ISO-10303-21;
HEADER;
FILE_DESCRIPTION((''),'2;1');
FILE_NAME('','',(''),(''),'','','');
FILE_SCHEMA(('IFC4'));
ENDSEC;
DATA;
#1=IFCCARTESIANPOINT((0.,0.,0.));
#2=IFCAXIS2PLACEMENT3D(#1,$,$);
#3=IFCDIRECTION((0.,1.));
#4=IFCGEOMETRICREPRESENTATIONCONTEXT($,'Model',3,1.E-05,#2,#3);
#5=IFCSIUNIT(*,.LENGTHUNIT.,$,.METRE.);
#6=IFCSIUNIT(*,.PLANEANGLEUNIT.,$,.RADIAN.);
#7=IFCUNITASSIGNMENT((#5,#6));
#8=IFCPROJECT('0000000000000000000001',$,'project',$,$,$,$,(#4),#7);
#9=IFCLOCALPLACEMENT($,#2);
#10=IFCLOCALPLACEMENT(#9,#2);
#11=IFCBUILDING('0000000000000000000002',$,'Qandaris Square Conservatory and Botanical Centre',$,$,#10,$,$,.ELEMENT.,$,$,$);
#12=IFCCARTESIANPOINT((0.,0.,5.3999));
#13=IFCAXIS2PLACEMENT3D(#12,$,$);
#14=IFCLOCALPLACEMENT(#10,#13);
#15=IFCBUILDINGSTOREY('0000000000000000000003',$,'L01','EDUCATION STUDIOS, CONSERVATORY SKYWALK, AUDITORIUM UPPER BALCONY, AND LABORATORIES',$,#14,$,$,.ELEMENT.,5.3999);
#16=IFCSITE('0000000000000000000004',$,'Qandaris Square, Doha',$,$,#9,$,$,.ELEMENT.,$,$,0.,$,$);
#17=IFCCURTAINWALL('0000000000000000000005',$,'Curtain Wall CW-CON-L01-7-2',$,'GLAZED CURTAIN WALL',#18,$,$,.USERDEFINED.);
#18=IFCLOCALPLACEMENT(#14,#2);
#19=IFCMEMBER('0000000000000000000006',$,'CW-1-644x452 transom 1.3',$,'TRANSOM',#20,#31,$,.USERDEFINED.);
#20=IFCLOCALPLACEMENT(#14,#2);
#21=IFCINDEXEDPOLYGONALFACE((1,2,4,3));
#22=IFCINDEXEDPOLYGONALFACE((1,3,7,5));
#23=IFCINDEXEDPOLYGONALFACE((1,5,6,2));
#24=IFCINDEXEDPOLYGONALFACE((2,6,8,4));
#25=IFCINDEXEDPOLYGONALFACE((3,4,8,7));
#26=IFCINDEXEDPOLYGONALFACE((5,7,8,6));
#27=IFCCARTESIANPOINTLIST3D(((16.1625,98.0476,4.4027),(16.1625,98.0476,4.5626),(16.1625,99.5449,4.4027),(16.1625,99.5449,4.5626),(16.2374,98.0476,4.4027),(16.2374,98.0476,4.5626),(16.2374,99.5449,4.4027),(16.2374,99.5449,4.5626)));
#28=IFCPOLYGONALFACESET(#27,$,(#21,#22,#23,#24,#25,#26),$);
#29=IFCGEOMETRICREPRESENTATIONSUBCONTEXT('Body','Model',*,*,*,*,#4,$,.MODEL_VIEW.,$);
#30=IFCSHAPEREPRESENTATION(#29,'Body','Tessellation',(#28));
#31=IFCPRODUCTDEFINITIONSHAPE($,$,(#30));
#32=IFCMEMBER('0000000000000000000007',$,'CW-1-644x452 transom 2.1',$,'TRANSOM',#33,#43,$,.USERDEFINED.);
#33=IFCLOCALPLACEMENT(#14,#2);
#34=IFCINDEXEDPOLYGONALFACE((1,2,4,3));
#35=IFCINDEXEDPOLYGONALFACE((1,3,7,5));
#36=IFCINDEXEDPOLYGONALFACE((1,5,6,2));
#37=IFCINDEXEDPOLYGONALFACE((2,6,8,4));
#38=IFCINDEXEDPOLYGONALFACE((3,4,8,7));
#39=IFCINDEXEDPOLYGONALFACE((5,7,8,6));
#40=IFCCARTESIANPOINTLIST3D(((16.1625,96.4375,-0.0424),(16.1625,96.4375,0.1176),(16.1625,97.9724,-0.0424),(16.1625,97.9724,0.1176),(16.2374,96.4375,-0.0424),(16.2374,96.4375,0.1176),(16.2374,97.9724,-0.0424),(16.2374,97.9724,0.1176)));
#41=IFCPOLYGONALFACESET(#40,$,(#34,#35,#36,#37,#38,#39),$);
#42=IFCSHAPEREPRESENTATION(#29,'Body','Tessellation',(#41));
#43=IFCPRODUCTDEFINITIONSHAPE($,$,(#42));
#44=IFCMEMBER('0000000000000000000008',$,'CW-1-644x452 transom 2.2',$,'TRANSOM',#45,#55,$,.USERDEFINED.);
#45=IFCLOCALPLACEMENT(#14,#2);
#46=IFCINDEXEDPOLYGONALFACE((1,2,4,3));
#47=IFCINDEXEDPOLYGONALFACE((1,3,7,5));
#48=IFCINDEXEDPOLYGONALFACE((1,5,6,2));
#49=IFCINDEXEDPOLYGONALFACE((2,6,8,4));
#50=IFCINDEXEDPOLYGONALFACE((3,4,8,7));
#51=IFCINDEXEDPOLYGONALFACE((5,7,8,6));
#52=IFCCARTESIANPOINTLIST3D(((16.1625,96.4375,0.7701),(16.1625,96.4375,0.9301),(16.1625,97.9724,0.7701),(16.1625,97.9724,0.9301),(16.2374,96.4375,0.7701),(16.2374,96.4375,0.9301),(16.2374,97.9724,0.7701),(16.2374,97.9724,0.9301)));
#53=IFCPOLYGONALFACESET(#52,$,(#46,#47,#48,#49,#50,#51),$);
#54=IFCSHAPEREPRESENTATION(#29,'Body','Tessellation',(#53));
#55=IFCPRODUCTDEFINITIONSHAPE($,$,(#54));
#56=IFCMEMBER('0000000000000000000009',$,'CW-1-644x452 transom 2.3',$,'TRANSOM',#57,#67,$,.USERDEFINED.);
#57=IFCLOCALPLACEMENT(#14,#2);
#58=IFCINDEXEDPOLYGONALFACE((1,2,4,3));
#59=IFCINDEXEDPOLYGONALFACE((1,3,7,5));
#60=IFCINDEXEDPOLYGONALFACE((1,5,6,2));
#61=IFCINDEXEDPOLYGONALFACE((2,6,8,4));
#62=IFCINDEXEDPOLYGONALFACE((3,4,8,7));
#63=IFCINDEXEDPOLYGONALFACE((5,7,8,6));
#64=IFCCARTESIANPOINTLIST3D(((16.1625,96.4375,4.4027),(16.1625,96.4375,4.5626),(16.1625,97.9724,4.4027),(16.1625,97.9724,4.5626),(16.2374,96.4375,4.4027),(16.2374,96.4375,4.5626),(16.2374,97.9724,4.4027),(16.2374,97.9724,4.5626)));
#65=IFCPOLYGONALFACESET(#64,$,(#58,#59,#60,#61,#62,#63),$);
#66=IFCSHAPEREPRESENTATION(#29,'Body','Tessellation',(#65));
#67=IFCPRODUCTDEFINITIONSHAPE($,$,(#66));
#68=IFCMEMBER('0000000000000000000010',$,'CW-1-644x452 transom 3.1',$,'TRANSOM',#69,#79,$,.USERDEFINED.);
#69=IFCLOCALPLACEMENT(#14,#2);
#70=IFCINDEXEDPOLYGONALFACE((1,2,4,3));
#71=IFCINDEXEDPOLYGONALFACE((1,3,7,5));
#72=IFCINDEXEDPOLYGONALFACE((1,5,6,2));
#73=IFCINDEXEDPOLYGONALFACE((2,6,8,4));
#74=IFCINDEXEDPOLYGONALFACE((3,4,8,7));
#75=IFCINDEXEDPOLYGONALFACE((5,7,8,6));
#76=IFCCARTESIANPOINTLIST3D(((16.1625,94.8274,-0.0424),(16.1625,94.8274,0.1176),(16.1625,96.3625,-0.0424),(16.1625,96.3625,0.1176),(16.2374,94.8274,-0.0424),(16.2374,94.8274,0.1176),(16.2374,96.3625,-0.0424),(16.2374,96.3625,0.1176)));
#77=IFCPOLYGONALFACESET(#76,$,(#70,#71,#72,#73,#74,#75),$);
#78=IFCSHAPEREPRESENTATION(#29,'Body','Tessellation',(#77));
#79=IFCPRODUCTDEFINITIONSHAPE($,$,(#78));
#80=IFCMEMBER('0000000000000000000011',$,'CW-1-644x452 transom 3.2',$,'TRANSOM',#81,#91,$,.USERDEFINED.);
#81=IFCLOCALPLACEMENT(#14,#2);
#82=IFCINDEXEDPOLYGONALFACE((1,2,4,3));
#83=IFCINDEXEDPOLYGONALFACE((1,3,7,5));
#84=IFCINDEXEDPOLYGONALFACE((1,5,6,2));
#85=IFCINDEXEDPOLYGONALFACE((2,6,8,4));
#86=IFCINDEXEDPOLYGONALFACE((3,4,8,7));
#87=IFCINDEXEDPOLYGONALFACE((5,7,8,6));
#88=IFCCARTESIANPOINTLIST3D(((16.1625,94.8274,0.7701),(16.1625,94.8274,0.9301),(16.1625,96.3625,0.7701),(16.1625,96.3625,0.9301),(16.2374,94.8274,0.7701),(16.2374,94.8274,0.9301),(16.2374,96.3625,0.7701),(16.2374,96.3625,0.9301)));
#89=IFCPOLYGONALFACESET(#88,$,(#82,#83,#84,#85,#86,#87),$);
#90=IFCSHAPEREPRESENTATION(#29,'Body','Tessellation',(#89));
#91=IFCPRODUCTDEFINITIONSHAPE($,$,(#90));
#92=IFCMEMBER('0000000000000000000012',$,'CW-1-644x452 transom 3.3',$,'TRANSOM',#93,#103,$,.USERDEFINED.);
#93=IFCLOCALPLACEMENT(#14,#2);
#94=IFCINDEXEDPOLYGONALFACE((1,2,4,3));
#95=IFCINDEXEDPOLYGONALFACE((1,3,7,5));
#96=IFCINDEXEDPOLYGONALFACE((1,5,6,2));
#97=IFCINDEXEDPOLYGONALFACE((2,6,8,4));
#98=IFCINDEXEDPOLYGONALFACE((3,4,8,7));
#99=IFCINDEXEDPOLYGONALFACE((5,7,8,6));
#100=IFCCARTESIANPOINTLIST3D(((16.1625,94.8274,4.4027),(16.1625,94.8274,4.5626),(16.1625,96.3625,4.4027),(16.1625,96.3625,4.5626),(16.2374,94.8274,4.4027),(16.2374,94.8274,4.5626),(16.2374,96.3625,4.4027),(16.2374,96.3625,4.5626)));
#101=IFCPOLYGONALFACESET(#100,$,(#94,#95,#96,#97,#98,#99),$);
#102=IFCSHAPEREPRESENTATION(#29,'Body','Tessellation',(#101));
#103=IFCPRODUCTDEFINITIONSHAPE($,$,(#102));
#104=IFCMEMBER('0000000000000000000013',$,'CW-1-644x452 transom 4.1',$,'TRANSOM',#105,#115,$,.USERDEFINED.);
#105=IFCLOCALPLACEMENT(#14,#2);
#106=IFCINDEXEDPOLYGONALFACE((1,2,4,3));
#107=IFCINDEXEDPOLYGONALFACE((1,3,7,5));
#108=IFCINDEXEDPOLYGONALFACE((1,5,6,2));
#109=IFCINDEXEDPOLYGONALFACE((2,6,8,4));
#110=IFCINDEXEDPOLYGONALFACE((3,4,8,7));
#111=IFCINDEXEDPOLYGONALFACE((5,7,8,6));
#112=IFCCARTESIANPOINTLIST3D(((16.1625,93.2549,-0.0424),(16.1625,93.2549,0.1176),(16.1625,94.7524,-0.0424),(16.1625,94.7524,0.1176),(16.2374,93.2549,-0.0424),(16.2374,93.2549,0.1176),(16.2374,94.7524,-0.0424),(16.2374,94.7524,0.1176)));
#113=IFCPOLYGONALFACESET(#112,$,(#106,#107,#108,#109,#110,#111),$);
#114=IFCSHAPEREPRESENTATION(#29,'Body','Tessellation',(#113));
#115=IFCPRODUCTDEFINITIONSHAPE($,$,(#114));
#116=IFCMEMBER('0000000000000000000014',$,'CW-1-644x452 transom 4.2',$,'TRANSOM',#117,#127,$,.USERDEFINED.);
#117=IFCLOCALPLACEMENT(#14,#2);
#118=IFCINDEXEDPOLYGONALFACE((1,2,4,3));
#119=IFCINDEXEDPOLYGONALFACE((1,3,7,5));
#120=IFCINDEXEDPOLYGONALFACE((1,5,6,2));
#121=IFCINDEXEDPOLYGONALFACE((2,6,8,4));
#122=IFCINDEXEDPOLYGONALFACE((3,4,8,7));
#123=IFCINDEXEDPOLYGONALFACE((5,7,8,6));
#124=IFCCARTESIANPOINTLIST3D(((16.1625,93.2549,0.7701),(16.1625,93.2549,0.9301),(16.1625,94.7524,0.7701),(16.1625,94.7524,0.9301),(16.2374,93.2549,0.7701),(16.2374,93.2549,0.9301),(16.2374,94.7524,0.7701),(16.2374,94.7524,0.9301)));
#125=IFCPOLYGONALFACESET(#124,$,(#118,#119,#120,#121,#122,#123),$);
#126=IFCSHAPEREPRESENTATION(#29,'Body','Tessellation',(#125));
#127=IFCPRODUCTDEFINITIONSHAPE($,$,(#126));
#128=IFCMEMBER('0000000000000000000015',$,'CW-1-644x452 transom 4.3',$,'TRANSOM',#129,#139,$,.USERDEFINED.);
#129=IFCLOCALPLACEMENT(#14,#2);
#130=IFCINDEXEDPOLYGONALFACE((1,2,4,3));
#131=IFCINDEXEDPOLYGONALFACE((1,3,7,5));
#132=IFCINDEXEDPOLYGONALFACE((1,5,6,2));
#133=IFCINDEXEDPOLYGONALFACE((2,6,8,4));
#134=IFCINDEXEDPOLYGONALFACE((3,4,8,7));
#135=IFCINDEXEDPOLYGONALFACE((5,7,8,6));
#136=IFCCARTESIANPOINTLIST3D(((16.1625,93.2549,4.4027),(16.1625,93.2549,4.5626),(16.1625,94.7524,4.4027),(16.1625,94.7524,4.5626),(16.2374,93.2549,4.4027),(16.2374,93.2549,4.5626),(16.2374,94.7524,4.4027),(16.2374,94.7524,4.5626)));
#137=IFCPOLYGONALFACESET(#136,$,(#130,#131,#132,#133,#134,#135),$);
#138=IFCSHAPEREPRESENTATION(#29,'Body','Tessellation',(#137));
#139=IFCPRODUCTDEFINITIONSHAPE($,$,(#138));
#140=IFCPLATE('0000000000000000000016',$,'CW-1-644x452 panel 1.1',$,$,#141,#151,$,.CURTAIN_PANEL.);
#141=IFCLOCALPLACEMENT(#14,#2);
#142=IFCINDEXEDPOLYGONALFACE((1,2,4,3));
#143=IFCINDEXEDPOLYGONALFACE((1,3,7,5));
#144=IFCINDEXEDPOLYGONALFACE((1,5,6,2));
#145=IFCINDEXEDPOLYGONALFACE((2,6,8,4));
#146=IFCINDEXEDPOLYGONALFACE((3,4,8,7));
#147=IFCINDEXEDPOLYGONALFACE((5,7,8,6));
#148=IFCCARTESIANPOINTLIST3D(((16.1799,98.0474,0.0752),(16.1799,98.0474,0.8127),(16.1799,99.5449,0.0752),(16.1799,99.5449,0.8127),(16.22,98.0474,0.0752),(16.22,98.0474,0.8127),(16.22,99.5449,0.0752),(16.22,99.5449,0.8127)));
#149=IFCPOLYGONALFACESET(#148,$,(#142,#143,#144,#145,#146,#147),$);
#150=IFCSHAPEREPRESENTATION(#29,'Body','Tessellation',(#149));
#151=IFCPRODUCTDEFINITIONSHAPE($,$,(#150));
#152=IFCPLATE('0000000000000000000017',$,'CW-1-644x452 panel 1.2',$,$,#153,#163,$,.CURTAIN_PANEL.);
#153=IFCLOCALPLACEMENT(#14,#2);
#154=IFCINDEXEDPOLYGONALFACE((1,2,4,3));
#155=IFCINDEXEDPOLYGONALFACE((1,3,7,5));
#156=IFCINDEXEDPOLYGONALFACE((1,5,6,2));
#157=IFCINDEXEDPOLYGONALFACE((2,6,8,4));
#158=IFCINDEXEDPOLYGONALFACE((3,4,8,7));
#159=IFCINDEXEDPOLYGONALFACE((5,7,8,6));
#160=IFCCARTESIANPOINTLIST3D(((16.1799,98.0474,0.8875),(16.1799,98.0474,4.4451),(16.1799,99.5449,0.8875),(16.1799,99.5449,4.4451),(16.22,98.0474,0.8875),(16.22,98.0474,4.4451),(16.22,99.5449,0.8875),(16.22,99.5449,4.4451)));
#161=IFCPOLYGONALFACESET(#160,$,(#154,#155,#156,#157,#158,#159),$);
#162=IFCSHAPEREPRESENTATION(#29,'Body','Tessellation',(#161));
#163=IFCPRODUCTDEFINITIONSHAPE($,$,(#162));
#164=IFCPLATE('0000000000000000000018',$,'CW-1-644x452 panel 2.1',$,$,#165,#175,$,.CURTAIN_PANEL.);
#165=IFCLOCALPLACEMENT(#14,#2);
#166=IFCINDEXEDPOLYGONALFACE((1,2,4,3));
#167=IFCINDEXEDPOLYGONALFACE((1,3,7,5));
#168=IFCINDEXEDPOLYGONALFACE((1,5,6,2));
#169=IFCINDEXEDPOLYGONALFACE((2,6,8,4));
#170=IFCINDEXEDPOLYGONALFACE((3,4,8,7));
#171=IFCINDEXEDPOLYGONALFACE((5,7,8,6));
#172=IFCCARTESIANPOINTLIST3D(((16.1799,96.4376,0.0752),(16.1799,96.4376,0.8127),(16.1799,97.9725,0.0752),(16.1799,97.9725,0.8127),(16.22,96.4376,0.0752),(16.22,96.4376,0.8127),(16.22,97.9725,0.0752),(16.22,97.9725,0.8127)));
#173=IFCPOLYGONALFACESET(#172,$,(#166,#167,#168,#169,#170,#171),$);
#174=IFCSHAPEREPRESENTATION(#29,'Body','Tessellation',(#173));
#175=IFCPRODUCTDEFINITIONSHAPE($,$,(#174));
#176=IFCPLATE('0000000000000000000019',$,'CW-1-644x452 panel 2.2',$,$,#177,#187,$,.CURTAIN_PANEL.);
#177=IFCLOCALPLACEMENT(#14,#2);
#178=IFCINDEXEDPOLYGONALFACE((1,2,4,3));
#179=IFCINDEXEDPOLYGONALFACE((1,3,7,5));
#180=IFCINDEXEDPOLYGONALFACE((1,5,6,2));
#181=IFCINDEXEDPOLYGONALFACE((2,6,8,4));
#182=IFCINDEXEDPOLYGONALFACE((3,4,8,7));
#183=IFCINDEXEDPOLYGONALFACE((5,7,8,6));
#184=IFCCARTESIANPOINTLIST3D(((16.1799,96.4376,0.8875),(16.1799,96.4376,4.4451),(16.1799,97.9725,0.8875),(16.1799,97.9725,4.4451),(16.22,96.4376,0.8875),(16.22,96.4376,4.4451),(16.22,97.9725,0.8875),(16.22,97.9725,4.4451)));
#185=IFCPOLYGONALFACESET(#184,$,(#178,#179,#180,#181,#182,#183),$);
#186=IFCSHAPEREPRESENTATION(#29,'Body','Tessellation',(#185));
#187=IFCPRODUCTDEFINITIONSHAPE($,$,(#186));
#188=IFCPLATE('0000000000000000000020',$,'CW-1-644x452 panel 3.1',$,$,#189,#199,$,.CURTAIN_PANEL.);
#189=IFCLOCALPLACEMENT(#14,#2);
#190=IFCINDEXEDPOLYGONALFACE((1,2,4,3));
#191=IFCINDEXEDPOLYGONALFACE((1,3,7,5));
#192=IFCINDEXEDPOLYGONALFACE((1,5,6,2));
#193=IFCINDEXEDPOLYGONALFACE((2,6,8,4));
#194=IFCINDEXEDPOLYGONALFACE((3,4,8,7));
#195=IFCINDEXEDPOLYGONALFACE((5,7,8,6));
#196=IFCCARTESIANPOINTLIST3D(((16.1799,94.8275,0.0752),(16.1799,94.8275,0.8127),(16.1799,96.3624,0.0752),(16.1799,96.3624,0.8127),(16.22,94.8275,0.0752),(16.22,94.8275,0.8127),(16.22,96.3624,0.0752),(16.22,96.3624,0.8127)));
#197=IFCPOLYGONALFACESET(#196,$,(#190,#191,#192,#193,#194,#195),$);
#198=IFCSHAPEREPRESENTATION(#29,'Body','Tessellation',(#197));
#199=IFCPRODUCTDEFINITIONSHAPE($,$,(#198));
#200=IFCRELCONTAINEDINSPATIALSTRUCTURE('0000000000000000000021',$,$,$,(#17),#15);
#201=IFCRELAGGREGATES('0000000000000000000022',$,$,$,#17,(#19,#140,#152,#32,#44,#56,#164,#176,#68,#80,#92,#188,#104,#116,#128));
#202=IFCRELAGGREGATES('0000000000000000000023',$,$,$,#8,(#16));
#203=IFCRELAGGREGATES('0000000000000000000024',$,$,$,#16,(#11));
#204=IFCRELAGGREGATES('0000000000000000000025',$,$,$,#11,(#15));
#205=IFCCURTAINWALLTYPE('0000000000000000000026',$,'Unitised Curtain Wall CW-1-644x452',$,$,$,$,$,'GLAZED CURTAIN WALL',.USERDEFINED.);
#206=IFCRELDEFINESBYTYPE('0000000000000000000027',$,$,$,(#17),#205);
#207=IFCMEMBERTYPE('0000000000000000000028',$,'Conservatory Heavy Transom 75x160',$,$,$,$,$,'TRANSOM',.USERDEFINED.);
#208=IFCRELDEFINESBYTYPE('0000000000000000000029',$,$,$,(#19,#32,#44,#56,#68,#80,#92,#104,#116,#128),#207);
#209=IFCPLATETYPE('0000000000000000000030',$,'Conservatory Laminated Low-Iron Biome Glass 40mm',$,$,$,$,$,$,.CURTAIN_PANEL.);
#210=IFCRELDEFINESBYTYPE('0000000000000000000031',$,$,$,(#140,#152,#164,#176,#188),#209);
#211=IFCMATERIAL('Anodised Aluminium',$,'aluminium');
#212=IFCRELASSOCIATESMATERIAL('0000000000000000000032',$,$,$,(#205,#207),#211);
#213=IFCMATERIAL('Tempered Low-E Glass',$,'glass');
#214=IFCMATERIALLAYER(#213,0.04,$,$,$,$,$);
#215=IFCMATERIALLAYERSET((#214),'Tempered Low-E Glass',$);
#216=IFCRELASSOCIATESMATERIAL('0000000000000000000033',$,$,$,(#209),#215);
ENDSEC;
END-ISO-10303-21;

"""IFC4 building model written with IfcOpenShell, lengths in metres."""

from ifc_helpers import new_model, si_unit, direction, frame, origin, origin_2d, place, context, subcontext, project, spatial, rectangle, extrude, material, layer, layer_set, material_profile, profile_set, type_object, element, aggregate, save


model = new_model("IFC4")

# Units and contexts
model_context = context("Model", 3, precision=1e-05, world=origin(), true_north=direction((0.0, 1.0)))
body_context = subcontext(model_context, "Body", "Model", "MODEL_VIEW")
ifc_project = project(units=[si_unit("LENGTHUNIT", "METRE"), si_unit("PLANEANGLEUNIT", "RADIAN")], contexts=[model_context])

# Site, building, storey
site_placement = place(None, origin())
site = spatial("IfcSite", under=ifc_project, at=site_placement, Name="Qandaris Square, Doha", CompositionType="ELEMENT", RefElevation=0.0)
building_placement = place(site_placement, origin())
building = spatial("IfcBuilding", under=site, at=building_placement, Name="Qandaris Square Conservatory and Botanical Centre", CompositionType="ELEMENT")
storey_placement = place(building_placement, frame((0.0, 0.0, 5.3999)))
storey = spatial("IfcBuildingStorey", under=building, at=storey_placement, Name="L01", Description="EDUCATION STUDIOS, CONSERVATORY SKYWALK, AUDITORIUM UPPER BALCONY, AND LABORATORIES", CompositionType="ELEMENT", Elevation=5.3999)

# Shared definitions
ifc_material_1 = material(Name="Anodised Aluminium", Category="aluminium")
curtain_wall_type = type_object("IfcCurtainWallType", Name="Unitised Curtain Wall CW-1-644x452", ElementType="GLAZED CURTAIN WALL", PredefinedType="USERDEFINED", material=ifc_material_1)

# Curtain wall, members, plates
curtain_wall_1_placement = place(storey_placement, origin())
curtain_wall_1 = element("IfcCurtainWall", 1, at=curtain_wall_1_placement, inside=storey, type_object=curtain_wall_type, Name="Curtain Wall CW-CON-L01-7-2", ObjectType="GLAZED CURTAIN WALL", PredefinedType="USERDEFINED")
ifc_material_profile_1 = material_profile(ifc_material_1, rectangle(XDim=0.075, YDim=0.1599, at=origin_2d()), Name="ALU-TRN 75x160")
ifc_profile_set_1 = profile_set([ifc_material_profile_1], Name="Anodised Aluminium")
member_type_1 = type_object("IfcMemberType", Name="Conservatory Heavy Transom 75x160", ElementType="TRANSOM", PredefinedType="USERDEFINED", material=ifc_profile_set_1)
member_1_placement = place(storey_placement, frame((16.2, 99.5449, 4.4827), z_axis=(0.0, -1.0, 0.0), x_axis=(1.0, 0.0, 0.0)))
member_1 = element("IfcMember", 2, at=member_1_placement, type_object=member_type_1, Name="CW-1-644x452 transom 1.3", ObjectType="TRANSOM", PredefinedType="USERDEFINED", context=body_context, shape_type="SweptSolid", body=[
    extrude(rectangle(XDim=0.075, YDim=0.1599, at=origin_2d()), origin(), (0.0, 0.0, 1.0), 1.4973),
])
member_2_placement = place(storey_placement, frame((16.2, 97.9724, 0.0376), z_axis=(0.0, -1.0, 0.0), x_axis=(1.0, 0.0, 0.0)))
member_2 = element("IfcMember", 3, at=member_2_placement, type_object=member_type_1, Name="CW-1-644x452 transom 2.1", ObjectType="TRANSOM", PredefinedType="USERDEFINED", context=body_context, shape_type="SweptSolid", body=[
    extrude(rectangle(XDim=0.075, YDim=0.1599, at=origin_2d()), origin(), (0.0, 0.0, 1.0), 1.5349),
])
member_3_placement = place(storey_placement, frame((16.2, 97.9724, 0.8501), z_axis=(0.0, -1.0, 0.0), x_axis=(1.0, 0.0, 0.0)))
member_3 = element("IfcMember", 4, at=member_3_placement, type_object=member_type_1, Name="CW-1-644x452 transom 2.2", ObjectType="TRANSOM", PredefinedType="USERDEFINED", context=body_context, shape_type="SweptSolid", body=[
    extrude(rectangle(XDim=0.075, YDim=0.1599, at=origin_2d()), origin(), (0.0, 0.0, 1.0), 1.5349),
])
member_4_placement = place(storey_placement, frame((16.2, 97.9724, 4.4827), z_axis=(0.0, -1.0, 0.0), x_axis=(1.0, 0.0, 0.0)))
member_4 = element("IfcMember", 5, at=member_4_placement, type_object=member_type_1, Name="CW-1-644x452 transom 2.3", ObjectType="TRANSOM", PredefinedType="USERDEFINED", context=body_context, shape_type="SweptSolid", body=[
    extrude(rectangle(XDim=0.075, YDim=0.1599, at=origin_2d()), origin(), (0.0, 0.0, 1.0), 1.5349),
])
member_5_placement = place(storey_placement, frame((16.2, 96.3625, 0.0376), z_axis=(0.0, -1.0, 0.0), x_axis=(1.0, 0.0, 0.0)))
member_5 = element("IfcMember", 6, at=member_5_placement, type_object=member_type_1, Name="CW-1-644x452 transom 3.1", ObjectType="TRANSOM", PredefinedType="USERDEFINED", context=body_context, shape_type="SweptSolid", body=[
    extrude(rectangle(XDim=0.075, YDim=0.1599, at=origin_2d()), origin(), (0.0, 0.0, 1.0), 1.5352),
])
member_6_placement = place(storey_placement, frame((16.2, 96.3625, 0.8501), z_axis=(0.0, -1.0, 0.0), x_axis=(1.0, 0.0, 0.0)))
member_6 = element("IfcMember", 7, at=member_6_placement, type_object=member_type_1, Name="CW-1-644x452 transom 3.2", ObjectType="TRANSOM", PredefinedType="USERDEFINED", context=body_context, shape_type="SweptSolid", body=[
    extrude(rectangle(XDim=0.075, YDim=0.1599, at=origin_2d()), origin(), (0.0, 0.0, 1.0), 1.5352),
])
member_7_placement = place(storey_placement, frame((16.2, 96.3625, 4.4827), z_axis=(0.0, -1.0, 0.0), x_axis=(1.0, 0.0, 0.0)))
member_7 = element("IfcMember", 8, at=member_7_placement, type_object=member_type_1, Name="CW-1-644x452 transom 3.3", ObjectType="TRANSOM", PredefinedType="USERDEFINED", context=body_context, shape_type="SweptSolid", body=[
    extrude(rectangle(XDim=0.075, YDim=0.1599, at=origin_2d()), origin(), (0.0, 0.0, 1.0), 1.5352),
])
member_8_placement = place(storey_placement, frame((16.2, 94.7524, 0.0376), z_axis=(0.0, -1.0, 0.0), x_axis=(1.0, 0.0, 0.0)))
member_8 = element("IfcMember", 9, at=member_8_placement, type_object=member_type_1, Name="CW-1-644x452 transom 4.1", ObjectType="TRANSOM", PredefinedType="USERDEFINED", context=body_context, shape_type="SweptSolid", body=[
    extrude(rectangle(XDim=0.075, YDim=0.1599, at=origin_2d()), origin(), (0.0, 0.0, 1.0), 1.4976),
])
member_9_placement = place(storey_placement, frame((16.2, 94.7524, 0.8501), z_axis=(0.0, -1.0, 0.0), x_axis=(1.0, 0.0, 0.0)))
member_9 = element("IfcMember", 10, at=member_9_placement, type_object=member_type_1, Name="CW-1-644x452 transom 4.2", ObjectType="TRANSOM", PredefinedType="USERDEFINED", context=body_context, shape_type="SweptSolid", body=[
    extrude(rectangle(XDim=0.075, YDim=0.1599, at=origin_2d()), origin(), (0.0, 0.0, 1.0), 1.4976),
])
member_10_placement = place(storey_placement, frame((16.2, 94.7524, 4.4827), z_axis=(0.0, -1.0, 0.0), x_axis=(1.0, 0.0, 0.0)))
member_10 = element("IfcMember", 11, at=member_10_placement, type_object=member_type_1, Name="CW-1-644x452 transom 4.3", ObjectType="TRANSOM", PredefinedType="USERDEFINED", context=body_context, shape_type="SweptSolid", body=[
    extrude(rectangle(XDim=0.075, YDim=0.1599, at=origin_2d()), origin(), (0.0, 0.0, 1.0), 1.4976),
])
ifc_material_2 = material(Name="Tempered Low-E Glass", Category="glass")
ifc_layer_1 = layer(ifc_material_2, 0.04)
ifc_layer_set_1 = layer_set([ifc_layer_1], Name="Tempered Low-E Glass")
plate_type_1 = type_object("IfcPlateType", Name="Conservatory Laminated Low-Iron Biome Glass 40mm", PredefinedType="CURTAIN_PANEL", material=ifc_layer_set_1)
plate_1_placement = place(storey_placement, frame((16.2, 98.7961, 0.0752), z_axis=(0.0, 0.0, 1.0), x_axis=(0.0, -1.0, 0.0)))
plate_1 = element("IfcPlate", 12, at=plate_1_placement, type_object=plate_type_1, Name="CW-1-644x452 panel 1.1", PredefinedType="CURTAIN_PANEL", context=body_context, shape_type="SweptSolid", body=[
    extrude(rectangle(XDim=1.4976, YDim=0.04, at=origin_2d()), origin(), (0.0, 0.0, 1.0), 0.7375),
])
plate_2_placement = place(storey_placement, frame((16.2, 98.7961, 0.8875), z_axis=(0.0, 0.0, 1.0), x_axis=(0.0, -1.0, 0.0)))
plate_2 = element("IfcPlate", 13, at=plate_2_placement, type_object=plate_type_1, Name="CW-1-644x452 panel 1.2", PredefinedType="CURTAIN_PANEL", context=body_context, shape_type="SweptSolid", body=[
    extrude(rectangle(XDim=1.4976, YDim=0.04, at=origin_2d()), origin(), (0.0, 0.0, 1.0), 3.5576),
])
plate_3_placement = place(storey_placement, frame((16.2, 97.2051, 0.0752), z_axis=(0.0, 0.0, 1.0), x_axis=(0.0, -1.0, 0.0)))
plate_3 = element("IfcPlate", 14, at=plate_3_placement, type_object=plate_type_1, Name="CW-1-644x452 panel 2.1", PredefinedType="CURTAIN_PANEL", context=body_context, shape_type="SweptSolid", body=[
    extrude(rectangle(XDim=1.5349, YDim=0.04, at=origin_2d()), origin(), (0.0, 0.0, 1.0), 0.7375),
])
plate_4_placement = place(storey_placement, frame((16.2, 97.2051, 0.8875), z_axis=(0.0, 0.0, 1.0), x_axis=(0.0, -1.0, 0.0)))
plate_4 = element("IfcPlate", 15, at=plate_4_placement, type_object=plate_type_1, Name="CW-1-644x452 panel 2.2", PredefinedType="CURTAIN_PANEL", context=body_context, shape_type="SweptSolid", body=[
    extrude(rectangle(XDim=1.5349, YDim=0.04, at=origin_2d()), origin(), (0.0, 0.0, 1.0), 3.5576),
])
plate_5_placement = place(storey_placement, frame((16.2, 95.595, 0.0752), z_axis=(0.0, 0.0, 1.0), x_axis=(0.0, -1.0, 0.0)))
plate_5 = element("IfcPlate", 16, at=plate_5_placement, type_object=plate_type_1, Name="CW-1-644x452 panel 3.1", PredefinedType="CURTAIN_PANEL", context=body_context, shape_type="SweptSolid", body=[
    extrude(rectangle(XDim=1.5349, YDim=0.04, at=origin_2d()), origin(), (0.0, 0.0, 1.0), 0.7375),
])
aggregate(curtain_wall_1, [member_1, plate_1, plate_2, member_2, member_3, member_4, plate_3, plate_4, member_5, member_6, member_7, plate_5, member_8, member_9, member_10])

save(model, "model.ifc")
